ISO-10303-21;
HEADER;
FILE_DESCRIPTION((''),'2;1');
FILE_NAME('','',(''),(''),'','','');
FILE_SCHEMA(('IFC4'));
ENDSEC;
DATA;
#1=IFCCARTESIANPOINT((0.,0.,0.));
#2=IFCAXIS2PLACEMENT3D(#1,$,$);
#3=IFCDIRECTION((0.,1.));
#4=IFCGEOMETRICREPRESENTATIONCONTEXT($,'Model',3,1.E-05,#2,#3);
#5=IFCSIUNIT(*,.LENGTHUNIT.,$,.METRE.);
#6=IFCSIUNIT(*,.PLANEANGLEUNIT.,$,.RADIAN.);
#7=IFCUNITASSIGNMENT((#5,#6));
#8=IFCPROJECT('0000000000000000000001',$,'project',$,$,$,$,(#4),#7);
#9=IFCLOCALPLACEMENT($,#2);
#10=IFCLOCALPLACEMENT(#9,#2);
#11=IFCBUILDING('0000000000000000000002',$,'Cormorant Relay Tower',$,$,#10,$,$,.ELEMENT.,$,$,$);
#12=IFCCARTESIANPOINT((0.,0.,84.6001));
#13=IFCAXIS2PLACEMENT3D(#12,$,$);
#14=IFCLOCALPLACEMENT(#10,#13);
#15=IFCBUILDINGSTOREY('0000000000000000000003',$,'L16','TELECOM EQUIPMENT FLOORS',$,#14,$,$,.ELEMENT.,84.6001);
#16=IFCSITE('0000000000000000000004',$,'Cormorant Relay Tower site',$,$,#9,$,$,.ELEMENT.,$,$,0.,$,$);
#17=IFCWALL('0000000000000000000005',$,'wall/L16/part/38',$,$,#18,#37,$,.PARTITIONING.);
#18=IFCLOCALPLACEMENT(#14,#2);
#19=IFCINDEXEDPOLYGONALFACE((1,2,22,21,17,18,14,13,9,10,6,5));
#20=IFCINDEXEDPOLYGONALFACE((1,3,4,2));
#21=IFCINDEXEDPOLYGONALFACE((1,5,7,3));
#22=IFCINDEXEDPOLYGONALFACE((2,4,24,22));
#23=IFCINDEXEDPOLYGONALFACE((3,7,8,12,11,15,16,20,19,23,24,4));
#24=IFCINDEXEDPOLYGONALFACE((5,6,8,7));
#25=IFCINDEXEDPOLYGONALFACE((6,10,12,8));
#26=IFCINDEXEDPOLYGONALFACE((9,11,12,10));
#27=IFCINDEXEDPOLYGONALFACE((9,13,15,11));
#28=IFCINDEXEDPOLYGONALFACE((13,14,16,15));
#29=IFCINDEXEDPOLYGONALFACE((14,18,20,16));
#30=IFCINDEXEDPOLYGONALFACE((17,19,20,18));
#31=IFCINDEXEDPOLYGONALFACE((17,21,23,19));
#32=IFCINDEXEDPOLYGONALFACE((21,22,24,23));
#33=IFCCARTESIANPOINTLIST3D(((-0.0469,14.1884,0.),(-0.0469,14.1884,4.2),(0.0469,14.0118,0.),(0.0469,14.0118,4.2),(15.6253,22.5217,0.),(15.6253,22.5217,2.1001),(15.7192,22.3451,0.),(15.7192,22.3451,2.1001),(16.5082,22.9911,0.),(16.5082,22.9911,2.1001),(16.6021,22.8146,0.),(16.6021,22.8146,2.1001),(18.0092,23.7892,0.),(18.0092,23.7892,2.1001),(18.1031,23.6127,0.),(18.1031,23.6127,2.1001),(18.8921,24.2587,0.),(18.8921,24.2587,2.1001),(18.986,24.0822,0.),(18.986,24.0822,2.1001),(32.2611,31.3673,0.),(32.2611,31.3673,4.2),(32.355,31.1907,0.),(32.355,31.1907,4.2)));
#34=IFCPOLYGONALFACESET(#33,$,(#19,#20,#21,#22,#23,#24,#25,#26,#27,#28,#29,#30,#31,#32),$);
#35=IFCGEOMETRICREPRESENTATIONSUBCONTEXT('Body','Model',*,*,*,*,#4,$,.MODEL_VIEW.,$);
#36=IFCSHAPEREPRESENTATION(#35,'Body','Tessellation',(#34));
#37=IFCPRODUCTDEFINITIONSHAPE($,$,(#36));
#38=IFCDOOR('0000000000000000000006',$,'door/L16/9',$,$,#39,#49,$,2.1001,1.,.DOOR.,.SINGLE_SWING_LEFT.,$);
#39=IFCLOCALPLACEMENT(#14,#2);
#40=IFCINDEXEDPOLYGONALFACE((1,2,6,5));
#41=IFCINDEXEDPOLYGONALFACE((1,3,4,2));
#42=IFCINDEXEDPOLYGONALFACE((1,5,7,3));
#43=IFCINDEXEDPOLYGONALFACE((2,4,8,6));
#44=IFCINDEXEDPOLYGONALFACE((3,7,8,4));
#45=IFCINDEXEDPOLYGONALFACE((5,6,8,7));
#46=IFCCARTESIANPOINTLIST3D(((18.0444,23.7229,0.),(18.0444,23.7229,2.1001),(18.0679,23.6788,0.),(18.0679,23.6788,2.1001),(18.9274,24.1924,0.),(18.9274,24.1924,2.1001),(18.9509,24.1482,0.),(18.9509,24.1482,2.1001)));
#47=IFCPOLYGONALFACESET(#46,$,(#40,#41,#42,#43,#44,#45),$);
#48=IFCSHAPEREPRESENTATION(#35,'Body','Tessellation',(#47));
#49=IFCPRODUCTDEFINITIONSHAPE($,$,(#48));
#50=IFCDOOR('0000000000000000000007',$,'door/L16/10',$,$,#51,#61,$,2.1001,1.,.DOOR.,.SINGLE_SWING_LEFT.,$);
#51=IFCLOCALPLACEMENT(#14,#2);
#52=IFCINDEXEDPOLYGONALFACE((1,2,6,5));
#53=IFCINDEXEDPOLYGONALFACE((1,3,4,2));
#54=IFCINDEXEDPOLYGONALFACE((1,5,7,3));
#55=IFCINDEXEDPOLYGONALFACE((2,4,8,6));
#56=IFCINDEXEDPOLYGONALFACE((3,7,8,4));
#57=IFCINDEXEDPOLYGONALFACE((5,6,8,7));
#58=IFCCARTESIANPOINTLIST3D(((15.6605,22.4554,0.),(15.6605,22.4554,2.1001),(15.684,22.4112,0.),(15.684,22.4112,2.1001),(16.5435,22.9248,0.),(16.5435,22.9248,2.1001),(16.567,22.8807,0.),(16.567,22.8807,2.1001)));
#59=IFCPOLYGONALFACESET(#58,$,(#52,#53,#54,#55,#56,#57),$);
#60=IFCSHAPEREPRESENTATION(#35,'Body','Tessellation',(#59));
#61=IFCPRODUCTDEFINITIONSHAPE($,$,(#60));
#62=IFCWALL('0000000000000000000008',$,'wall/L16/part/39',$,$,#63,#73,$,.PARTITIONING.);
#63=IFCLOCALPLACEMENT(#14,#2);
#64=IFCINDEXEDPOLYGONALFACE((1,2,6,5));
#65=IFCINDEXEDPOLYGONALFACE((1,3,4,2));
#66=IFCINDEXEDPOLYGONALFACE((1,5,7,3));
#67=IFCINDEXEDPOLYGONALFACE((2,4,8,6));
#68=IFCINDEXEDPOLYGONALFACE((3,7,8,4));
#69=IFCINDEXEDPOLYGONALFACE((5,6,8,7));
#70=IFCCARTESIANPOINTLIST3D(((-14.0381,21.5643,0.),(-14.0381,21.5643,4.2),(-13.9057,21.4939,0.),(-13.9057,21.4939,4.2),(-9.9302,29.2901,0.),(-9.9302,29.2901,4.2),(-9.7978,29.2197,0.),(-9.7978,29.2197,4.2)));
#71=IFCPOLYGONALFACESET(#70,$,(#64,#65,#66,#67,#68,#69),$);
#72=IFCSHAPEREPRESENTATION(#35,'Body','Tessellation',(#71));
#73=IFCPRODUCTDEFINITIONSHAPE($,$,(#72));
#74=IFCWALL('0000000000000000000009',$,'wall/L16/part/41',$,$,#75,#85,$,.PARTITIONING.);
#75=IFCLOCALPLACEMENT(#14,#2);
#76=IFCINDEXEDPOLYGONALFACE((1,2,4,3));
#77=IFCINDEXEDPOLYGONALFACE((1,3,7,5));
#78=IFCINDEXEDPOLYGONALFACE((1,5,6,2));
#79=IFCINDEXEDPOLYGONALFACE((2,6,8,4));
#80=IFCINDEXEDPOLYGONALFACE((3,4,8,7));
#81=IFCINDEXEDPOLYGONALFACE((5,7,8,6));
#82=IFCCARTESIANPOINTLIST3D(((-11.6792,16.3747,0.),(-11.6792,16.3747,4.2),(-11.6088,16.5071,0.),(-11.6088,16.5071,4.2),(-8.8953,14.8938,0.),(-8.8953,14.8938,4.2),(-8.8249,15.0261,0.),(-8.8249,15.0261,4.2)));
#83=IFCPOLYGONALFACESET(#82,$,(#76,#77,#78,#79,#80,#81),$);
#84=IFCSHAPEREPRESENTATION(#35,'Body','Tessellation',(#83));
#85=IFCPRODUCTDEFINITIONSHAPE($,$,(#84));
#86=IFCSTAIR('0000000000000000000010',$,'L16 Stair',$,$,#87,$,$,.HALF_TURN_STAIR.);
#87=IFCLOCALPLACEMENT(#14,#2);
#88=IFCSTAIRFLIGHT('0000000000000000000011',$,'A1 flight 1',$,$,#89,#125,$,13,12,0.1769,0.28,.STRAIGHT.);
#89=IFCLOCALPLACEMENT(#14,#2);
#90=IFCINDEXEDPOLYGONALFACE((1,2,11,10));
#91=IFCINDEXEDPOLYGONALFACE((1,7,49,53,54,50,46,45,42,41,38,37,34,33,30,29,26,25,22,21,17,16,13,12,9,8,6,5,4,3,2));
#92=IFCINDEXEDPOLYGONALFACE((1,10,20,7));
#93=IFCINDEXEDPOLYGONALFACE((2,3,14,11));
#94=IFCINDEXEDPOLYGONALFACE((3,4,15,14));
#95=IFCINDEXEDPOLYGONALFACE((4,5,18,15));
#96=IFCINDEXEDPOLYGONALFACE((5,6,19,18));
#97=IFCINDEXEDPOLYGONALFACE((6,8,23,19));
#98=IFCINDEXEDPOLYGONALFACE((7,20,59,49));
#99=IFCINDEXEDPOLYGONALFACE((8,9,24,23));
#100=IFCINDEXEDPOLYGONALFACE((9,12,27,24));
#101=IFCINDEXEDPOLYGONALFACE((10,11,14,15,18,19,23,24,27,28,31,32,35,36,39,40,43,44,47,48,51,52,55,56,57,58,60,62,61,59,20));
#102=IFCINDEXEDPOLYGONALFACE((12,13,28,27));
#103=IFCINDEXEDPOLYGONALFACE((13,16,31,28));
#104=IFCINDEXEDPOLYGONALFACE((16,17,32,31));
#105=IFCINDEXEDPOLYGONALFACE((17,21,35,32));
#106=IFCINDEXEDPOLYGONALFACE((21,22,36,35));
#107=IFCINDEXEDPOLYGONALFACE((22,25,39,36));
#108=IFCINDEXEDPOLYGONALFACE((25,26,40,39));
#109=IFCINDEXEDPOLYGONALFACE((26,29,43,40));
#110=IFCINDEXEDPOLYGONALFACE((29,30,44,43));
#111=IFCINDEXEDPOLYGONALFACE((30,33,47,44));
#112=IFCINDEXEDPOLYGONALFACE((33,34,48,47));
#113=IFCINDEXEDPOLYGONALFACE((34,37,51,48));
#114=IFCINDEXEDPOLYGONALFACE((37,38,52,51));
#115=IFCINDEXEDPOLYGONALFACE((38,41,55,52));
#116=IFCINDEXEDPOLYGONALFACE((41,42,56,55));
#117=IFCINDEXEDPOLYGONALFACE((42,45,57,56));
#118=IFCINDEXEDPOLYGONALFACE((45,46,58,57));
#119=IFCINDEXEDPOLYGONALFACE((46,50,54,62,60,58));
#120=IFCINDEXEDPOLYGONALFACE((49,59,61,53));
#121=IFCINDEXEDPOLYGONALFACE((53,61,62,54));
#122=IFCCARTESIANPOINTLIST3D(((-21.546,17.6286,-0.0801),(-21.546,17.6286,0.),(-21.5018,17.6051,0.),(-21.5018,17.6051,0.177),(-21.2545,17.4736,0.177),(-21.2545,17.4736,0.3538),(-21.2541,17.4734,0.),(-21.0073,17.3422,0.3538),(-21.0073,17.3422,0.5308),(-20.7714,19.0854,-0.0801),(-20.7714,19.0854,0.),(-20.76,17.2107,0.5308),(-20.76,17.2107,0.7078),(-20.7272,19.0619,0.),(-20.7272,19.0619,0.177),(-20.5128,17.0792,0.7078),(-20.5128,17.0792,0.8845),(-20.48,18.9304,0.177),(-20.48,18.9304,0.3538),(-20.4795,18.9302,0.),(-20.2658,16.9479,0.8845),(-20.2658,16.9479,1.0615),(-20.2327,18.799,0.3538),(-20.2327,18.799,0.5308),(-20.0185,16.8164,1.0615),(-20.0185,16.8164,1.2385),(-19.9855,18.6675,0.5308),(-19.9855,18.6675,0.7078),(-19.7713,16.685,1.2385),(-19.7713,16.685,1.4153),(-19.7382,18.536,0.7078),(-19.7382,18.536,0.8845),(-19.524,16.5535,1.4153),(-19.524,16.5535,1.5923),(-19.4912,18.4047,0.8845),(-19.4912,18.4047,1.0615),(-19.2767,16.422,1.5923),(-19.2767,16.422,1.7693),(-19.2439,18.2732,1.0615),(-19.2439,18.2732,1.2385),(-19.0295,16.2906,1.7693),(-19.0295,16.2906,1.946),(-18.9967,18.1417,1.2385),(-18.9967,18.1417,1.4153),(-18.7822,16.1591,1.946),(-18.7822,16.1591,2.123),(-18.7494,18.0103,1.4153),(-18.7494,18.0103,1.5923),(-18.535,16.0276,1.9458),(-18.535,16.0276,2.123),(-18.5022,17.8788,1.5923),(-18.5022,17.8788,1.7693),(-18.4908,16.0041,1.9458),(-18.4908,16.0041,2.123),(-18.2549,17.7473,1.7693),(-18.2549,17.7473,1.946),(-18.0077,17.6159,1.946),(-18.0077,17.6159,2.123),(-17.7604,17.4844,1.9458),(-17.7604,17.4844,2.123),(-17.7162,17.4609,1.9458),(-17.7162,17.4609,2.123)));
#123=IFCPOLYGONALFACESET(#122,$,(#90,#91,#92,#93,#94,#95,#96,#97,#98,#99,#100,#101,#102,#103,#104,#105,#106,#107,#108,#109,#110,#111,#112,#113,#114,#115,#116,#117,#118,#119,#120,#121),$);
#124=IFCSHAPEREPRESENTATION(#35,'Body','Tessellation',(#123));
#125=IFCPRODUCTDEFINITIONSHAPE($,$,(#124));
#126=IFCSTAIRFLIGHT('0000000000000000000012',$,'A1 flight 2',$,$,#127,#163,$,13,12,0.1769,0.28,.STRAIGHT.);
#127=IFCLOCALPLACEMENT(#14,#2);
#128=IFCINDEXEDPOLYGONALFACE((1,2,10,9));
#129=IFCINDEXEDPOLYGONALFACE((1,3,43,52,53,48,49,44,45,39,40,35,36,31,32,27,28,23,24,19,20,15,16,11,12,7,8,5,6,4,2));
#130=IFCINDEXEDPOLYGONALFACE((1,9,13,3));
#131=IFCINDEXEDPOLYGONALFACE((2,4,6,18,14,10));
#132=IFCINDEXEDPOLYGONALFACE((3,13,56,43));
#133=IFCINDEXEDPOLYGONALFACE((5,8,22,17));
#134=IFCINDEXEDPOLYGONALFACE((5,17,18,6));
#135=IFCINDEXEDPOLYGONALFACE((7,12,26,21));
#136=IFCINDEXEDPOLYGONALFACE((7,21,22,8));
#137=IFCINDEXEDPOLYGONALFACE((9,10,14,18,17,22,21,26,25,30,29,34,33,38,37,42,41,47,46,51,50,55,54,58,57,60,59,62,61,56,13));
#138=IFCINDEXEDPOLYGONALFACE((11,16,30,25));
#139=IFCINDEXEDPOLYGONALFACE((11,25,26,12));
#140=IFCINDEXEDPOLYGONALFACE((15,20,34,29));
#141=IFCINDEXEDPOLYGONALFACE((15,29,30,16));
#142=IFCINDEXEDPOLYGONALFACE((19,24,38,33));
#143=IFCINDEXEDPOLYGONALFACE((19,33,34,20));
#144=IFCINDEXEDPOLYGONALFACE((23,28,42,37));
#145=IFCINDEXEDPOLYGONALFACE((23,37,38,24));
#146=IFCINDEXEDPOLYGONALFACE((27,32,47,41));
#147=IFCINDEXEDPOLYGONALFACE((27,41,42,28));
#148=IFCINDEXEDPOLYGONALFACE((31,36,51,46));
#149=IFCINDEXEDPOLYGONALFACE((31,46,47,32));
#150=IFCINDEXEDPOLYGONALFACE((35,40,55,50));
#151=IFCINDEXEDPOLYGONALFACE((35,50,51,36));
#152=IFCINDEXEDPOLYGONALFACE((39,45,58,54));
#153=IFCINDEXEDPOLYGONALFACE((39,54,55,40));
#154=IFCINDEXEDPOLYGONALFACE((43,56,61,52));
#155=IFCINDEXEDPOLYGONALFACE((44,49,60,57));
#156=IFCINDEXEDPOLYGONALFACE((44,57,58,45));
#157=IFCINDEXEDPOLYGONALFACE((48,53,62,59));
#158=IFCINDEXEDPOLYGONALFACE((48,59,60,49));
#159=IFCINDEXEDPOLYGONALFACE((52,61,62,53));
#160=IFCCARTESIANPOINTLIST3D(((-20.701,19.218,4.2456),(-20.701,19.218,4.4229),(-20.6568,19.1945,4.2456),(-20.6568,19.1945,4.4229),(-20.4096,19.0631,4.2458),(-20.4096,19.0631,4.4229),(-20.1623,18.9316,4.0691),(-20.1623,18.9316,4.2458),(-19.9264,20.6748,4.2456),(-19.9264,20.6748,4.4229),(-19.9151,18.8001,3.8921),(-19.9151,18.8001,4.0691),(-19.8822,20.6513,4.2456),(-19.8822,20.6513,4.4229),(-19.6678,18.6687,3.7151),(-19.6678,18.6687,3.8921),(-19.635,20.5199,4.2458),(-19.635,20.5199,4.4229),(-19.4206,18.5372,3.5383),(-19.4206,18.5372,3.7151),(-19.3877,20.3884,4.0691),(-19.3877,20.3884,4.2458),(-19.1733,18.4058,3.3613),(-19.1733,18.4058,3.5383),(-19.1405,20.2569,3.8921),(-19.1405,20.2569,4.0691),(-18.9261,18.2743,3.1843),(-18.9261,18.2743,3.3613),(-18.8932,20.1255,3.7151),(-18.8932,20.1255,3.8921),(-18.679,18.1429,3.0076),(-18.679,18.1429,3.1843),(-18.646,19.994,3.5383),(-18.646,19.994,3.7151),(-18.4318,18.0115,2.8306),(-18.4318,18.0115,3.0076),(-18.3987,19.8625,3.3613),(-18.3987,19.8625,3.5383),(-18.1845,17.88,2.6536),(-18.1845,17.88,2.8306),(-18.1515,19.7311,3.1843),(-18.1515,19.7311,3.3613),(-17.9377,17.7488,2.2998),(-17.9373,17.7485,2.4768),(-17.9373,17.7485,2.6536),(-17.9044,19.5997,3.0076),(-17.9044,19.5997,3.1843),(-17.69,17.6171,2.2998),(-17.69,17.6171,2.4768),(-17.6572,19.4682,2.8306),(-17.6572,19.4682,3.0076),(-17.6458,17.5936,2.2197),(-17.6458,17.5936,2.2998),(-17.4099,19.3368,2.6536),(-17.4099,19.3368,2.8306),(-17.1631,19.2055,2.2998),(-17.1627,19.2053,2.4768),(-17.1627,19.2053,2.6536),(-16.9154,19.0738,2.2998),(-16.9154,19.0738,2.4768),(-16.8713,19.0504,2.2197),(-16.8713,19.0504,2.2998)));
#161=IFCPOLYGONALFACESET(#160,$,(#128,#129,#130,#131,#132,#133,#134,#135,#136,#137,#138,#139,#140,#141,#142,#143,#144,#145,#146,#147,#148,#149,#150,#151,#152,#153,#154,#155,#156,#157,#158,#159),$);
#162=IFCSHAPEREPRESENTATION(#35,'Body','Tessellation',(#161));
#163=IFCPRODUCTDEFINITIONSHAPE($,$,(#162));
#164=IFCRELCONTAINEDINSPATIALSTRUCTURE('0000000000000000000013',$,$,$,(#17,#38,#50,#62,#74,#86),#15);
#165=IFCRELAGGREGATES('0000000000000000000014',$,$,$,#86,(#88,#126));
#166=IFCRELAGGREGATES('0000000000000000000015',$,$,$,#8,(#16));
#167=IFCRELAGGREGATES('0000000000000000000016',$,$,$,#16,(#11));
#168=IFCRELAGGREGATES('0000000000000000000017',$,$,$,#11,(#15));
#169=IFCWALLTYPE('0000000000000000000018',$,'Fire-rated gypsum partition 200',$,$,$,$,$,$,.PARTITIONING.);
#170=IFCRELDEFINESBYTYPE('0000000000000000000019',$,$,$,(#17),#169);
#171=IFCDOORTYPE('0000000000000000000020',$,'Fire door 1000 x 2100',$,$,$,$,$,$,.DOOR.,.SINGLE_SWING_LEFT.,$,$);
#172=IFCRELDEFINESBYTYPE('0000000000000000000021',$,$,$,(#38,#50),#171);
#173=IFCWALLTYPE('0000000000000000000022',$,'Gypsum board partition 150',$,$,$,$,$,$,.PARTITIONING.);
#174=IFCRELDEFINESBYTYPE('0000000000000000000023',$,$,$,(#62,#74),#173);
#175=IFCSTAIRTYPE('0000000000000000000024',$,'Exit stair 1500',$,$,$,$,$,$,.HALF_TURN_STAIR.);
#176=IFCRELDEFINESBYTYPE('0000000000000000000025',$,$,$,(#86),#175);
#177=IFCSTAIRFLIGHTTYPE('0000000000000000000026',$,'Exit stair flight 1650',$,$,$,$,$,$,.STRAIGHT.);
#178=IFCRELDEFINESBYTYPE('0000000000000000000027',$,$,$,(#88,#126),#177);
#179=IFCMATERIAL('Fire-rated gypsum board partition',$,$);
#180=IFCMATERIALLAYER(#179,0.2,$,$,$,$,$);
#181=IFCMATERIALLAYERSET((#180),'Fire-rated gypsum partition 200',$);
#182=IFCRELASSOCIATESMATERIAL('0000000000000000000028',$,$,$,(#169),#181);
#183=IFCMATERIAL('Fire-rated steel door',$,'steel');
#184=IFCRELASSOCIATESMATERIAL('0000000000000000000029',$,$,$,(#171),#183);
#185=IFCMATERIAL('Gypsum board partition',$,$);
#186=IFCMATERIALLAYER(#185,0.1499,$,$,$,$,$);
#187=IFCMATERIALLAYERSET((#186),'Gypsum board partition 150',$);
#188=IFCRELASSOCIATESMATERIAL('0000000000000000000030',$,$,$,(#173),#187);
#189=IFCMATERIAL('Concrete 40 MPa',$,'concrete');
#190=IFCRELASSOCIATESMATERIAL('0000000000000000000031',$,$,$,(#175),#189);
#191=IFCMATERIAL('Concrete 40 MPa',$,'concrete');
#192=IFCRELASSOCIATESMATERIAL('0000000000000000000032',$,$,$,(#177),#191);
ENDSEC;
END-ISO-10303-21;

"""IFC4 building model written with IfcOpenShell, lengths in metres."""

from ifc_helpers import new_model, si_unit, direction, frame, frame_2d, origin, place, context, subcontext, project, spatial, polyline, rectangle, outline, extrude, material, layer, layer_set, type_object, element, fill, aggregate, save


model = new_model("IFC4")

# Units and contexts
model_context = context("Model", 3, precision=1e-05, world=origin(), true_north=direction((0.0, 1.0)))
body_context = subcontext(model_context, "Body", "Model", "MODEL_VIEW")
ifc_project = project(units=[si_unit("LENGTHUNIT", "METRE"), si_unit("PLANEANGLEUNIT", "RADIAN")], contexts=[model_context])

# Site, building, storey
site_placement = place(None, origin())
site = spatial("IfcSite", under=ifc_project, at=site_placement, Name="Cormorant Relay Tower site", CompositionType="ELEMENT", RefElevation=0.0)
building_placement = place(site_placement, origin())
building = spatial("IfcBuilding", under=site, at=building_placement, Name="Cormorant Relay Tower", CompositionType="ELEMENT")
storey_placement = place(building_placement, frame((0.0, 0.0, 84.6001)))
storey = spatial("IfcBuildingStorey", under=building, at=storey_placement, Name="L16", Description="TELECOM EQUIPMENT FLOORS", CompositionType="ELEMENT", Elevation=84.6001)

# Wall, openings, doors
ifc_material_1 = material(Name="Fire-rated gypsum board partition")
ifc_layer_1 = layer(ifc_material_1, 0.2)
ifc_layer_set_1 = layer_set([ifc_layer_1], Name="Fire-rated gypsum partition 200")
wall_type_1 = type_object("IfcWallType", Name="Fire-rated gypsum partition 200", PredefinedType="PARTITIONING", material=ifc_layer_set_1)
wall_1_placement = place(storey_placement, frame((0.0, 14.1001, 0.0), z_axis=(0.0, 0.0, 1.0), x_axis=(0.882943, 0.469481, 0.0)))
wall_1 = element("IfcWall", 1, at=wall_1_placement, inside=storey, type_object=wall_type_1, Name="wall/L16/part/38", PredefinedType="PARTITIONING", context=body_context, shape_type="SweptSolid", body=[
    extrude(rectangle(XDim=36.5913, YDim=0.2, at=frame_2d((18.2957, 0.0))), origin(), (0.0, 0.0, 1.0), 4.2),
])
opening_1_placement = place(wall_1_placement, frame((20.45, 0.0, 0.0)))
opening_1 = element("IfcOpeningElement", 2, at=opening_1_placement, cuts=wall_1, PredefinedType="OPENING", context=body_context, shape_type="SweptSolid", body=[
    extrude(rectangle(XDim=1.0, YDim=2.1001, at=frame_2d((0.5, 1.05))), frame((0.0, 0.1099, 0.0), z_axis=(0.0, -1.0, 0.0), x_axis=(1.0, 0.0, 0.0)), (0.0, 0.0, 1.0), 0.22),
])
opening_2_placement = place(wall_1_placement, frame((17.75, 0.0, 0.0)))
opening_2 = element("IfcOpeningElement", 3, at=opening_2_placement, cuts=wall_1, PredefinedType="OPENING", context=body_context, shape_type="SweptSolid", body=[
    extrude(rectangle(XDim=1.0, YDim=2.1001, at=frame_2d((0.5, 1.05))), frame((0.0, 0.1099, 0.0), z_axis=(0.0, -1.0, 0.0), x_axis=(1.0, 0.0, 0.0)), (0.0, 0.0, 1.0), 0.22),
])
ifc_material_2 = material(Name="Fire-rated steel door", Category="steel")
door_type_1 = type_object("IfcDoorType", Name="Fire door 1000 x 2100", OperationType="SINGLE_SWING_LEFT", PredefinedType="DOOR", material=ifc_material_2)
door_1_placement = place(opening_1_placement, origin())
door_1 = element("IfcDoor", 4, at=door_1_placement, inside=storey, type_object=door_type_1, Name="door/L16/9", OperationType="SINGLE_SWING_LEFT", OverallHeight=2.1001, OverallWidth=1.0, PredefinedType="DOOR", context=body_context, shape_type="SweptSolid", body=[
    extrude(rectangle(XDim=1.0, YDim=2.1001, at=frame_2d((0.5, 1.05))), frame((0.0, 0.0249, 0.0), z_axis=(0.0, -1.0, 0.0), x_axis=(1.0, 0.0, 0.0)), (0.0, 0.0, 1.0), 0.05),
])
fill(opening_1, door_1)
door_2_placement = place(opening_2_placement, origin())
door_2 = element("IfcDoor", 5, at=door_2_placement, inside=storey, type_object=door_type_1, Name="door/L16/10", OperationType="SINGLE_SWING_LEFT", OverallHeight=2.1001, OverallWidth=1.0, PredefinedType="DOOR", context=body_context, shape_type="SweptSolid", body=[
    extrude(rectangle(XDim=1.0, YDim=2.1001, at=frame_2d((0.5, 1.05))), frame((0.0, 0.0249, 0.0), z_axis=(0.0, -1.0, 0.0), x_axis=(1.0, 0.0, 0.0)), (0.0, 0.0, 1.0), 0.05),
])
fill(opening_2, door_2)

# Walls
ifc_material_3 = material(Name="Gypsum board partition")
ifc_layer_2 = layer(ifc_material_3, 0.1499)
ifc_layer_set_2 = layer_set([ifc_layer_2], Name="Gypsum board partition 150")
wall_type_2 = type_object("IfcWallType", Name="Gypsum board partition 150", PredefinedType="PARTITIONING", material=ifc_layer_set_2)
wall_2_placement = place(storey_placement, frame((-9.864, 29.2549, 0.0), z_axis=(0.0, 0.0, 1.0), x_axis=(-0.469473, -0.882947, 0.0)))
element("IfcWall", 6, at=wall_2_placement, inside=storey, type_object=wall_type_2, Name="wall/L16/part/39", PredefinedType="PARTITIONING", context=body_context, shape_type="SweptSolid", body=[
    extrude(rectangle(XDim=8.75, YDim=0.1499, at=frame_2d((4.375, 0.0))), origin(), (0.0, 0.0, 1.0), 4.2),
])
wall_3_placement = place(storey_placement, frame((-11.644, 16.4409, 0.0), z_axis=(0.0, 0.0, 1.0), x_axis=(0.882854, -0.469648, 0.0)))
element("IfcWall", 7, at=wall_3_placement, inside=storey, type_object=wall_type_2, Name="wall/L16/part/41", PredefinedType="PARTITIONING", context=body_context, shape_type="SweptSolid", body=[
    extrude(rectangle(XDim=3.1533, YDim=0.1499, at=frame_2d((1.5767, 0.0))), origin(), (0.0, 0.0, 1.0), 4.2),
])

# Stair, stair flights
ifc_material_4 = material(Name="Concrete 40 MPa", Category="concrete")
stair_type = type_object("IfcStairType", Name="Exit stair 1500", PredefinedType="HALF_TURN_STAIR", material=ifc_material_4)
stair_placement = place(storey_placement, origin())
stair = element("IfcStair", 8, at=stair_placement, inside=storey, type_object=stair_type, Name="L16 Stair", PredefinedType="HALF_TURN_STAIR")
ifc_material_5 = material(Name="Concrete 40 MPa", Category="concrete")
stair_flight_type = type_object("IfcStairFlightType", Name="Exit stair flight 1650", PredefinedType="STRAIGHT", material=ifc_material_5)
stair_flight_1_placement = place(storey_placement, frame((-21.1145, 18.3335, 0.0), z_axis=(0.0, 0.0, 1.0), x_axis=(0.882948, -0.469472, 0.0)))
stair_flight_1 = element("IfcStairFlight", 9, at=stair_flight_1_placement, type_object=stair_flight_type, Name="A1 flight 1", NumberOfRisers=13, NumberOfTreads=12, PredefinedType="STRAIGHT", RiserHeight=0.1769, TreadLength=0.28, context=body_context, shape_type="SweptSolid", body=[
    extrude(outline(polyline([(-0.05, -0.0801), (-0.05, 0.0), (0.0, 0.0), (0.0, 0.177), (0.28, 0.177), (0.28, 0.3538), (0.5601, 0.3538), (0.5601, 0.5308), (0.8401, 0.5308), (0.8401, 0.7078), (1.1201, 0.7078), (1.1201, 0.8845), (1.3999, 0.8845), (1.3999, 1.0615), (1.6799, 1.0615), (1.6799, 1.2385), (1.96, 1.2385), (1.96, 1.4153), (2.24, 1.4153), (2.24, 1.5923), (2.52, 1.5923), (2.52, 1.7693), (2.8, 1.7693), (2.8, 1.946), (3.0801, 1.946), (3.0801, 2.123), (3.3601, 2.123), (3.4102, 2.123), (3.4102, 1.9458), (3.3601, 1.9458), (0.2805, 0.0), (-0.05, -0.0801)])), frame((0.0, 0.825, 0.0), z_axis=(0.0, -1.0, 0.0), x_axis=(1.0, 0.0, 0.0)), (0.0, 0.0, 1.0), 1.6499),
])
stair_flight_2_placement = place(storey_placement, frame((-17.3027, 18.3455, 2.2998), z_axis=(0.0, 0.0, 1.0), x_axis=(-0.882948, 0.469472, 0.0)))
stair_flight_2 = element("IfcStairFlight", 10, at=stair_flight_2_placement, type_object=stair_flight_type, Name="A1 flight 2", NumberOfRisers=13, NumberOfTreads=12, PredefinedType="STRAIGHT", RiserHeight=0.1769, TreadLength=0.28, context=body_context, shape_type="SweptSolid", body=[
    extrude(outline(polyline([(-0.05, -0.0801), (-0.05, 0.0), (0.0, 0.0), (0.0, 0.177), (0.28, 0.177), (0.28, 0.3538), (0.5601, 0.3538), (0.5601, 0.5308), (0.8401, 0.5308), (0.8401, 0.7078), (1.1201, 0.7078), (1.1201, 0.8845), (1.3999, 0.8845), (1.3999, 1.0615), (1.6799, 1.0615), (1.6799, 1.2385), (1.96, 1.2385), (1.96, 1.4153), (2.24, 1.4153), (2.24, 1.5923), (2.52, 1.5923), (2.52, 1.7693), (2.8, 1.7693), (2.8, 1.946), (3.0801, 1.946), (3.0801, 2.123), (3.3601, 2.123), (3.4102, 2.123), (3.4102, 1.9458), (3.3601, 1.9458), (0.2805, 0.0), (-0.05, -0.0801)])), frame((0.0, 0.825, 0.0), z_axis=(0.0, -1.0, 0.0), x_axis=(1.0, 0.0, 0.0)), (0.0, 0.0, 1.0), 1.6499),
])
aggregate(stair, [stair_flight_1, stair_flight_2])

save(model, "model.ifc")
